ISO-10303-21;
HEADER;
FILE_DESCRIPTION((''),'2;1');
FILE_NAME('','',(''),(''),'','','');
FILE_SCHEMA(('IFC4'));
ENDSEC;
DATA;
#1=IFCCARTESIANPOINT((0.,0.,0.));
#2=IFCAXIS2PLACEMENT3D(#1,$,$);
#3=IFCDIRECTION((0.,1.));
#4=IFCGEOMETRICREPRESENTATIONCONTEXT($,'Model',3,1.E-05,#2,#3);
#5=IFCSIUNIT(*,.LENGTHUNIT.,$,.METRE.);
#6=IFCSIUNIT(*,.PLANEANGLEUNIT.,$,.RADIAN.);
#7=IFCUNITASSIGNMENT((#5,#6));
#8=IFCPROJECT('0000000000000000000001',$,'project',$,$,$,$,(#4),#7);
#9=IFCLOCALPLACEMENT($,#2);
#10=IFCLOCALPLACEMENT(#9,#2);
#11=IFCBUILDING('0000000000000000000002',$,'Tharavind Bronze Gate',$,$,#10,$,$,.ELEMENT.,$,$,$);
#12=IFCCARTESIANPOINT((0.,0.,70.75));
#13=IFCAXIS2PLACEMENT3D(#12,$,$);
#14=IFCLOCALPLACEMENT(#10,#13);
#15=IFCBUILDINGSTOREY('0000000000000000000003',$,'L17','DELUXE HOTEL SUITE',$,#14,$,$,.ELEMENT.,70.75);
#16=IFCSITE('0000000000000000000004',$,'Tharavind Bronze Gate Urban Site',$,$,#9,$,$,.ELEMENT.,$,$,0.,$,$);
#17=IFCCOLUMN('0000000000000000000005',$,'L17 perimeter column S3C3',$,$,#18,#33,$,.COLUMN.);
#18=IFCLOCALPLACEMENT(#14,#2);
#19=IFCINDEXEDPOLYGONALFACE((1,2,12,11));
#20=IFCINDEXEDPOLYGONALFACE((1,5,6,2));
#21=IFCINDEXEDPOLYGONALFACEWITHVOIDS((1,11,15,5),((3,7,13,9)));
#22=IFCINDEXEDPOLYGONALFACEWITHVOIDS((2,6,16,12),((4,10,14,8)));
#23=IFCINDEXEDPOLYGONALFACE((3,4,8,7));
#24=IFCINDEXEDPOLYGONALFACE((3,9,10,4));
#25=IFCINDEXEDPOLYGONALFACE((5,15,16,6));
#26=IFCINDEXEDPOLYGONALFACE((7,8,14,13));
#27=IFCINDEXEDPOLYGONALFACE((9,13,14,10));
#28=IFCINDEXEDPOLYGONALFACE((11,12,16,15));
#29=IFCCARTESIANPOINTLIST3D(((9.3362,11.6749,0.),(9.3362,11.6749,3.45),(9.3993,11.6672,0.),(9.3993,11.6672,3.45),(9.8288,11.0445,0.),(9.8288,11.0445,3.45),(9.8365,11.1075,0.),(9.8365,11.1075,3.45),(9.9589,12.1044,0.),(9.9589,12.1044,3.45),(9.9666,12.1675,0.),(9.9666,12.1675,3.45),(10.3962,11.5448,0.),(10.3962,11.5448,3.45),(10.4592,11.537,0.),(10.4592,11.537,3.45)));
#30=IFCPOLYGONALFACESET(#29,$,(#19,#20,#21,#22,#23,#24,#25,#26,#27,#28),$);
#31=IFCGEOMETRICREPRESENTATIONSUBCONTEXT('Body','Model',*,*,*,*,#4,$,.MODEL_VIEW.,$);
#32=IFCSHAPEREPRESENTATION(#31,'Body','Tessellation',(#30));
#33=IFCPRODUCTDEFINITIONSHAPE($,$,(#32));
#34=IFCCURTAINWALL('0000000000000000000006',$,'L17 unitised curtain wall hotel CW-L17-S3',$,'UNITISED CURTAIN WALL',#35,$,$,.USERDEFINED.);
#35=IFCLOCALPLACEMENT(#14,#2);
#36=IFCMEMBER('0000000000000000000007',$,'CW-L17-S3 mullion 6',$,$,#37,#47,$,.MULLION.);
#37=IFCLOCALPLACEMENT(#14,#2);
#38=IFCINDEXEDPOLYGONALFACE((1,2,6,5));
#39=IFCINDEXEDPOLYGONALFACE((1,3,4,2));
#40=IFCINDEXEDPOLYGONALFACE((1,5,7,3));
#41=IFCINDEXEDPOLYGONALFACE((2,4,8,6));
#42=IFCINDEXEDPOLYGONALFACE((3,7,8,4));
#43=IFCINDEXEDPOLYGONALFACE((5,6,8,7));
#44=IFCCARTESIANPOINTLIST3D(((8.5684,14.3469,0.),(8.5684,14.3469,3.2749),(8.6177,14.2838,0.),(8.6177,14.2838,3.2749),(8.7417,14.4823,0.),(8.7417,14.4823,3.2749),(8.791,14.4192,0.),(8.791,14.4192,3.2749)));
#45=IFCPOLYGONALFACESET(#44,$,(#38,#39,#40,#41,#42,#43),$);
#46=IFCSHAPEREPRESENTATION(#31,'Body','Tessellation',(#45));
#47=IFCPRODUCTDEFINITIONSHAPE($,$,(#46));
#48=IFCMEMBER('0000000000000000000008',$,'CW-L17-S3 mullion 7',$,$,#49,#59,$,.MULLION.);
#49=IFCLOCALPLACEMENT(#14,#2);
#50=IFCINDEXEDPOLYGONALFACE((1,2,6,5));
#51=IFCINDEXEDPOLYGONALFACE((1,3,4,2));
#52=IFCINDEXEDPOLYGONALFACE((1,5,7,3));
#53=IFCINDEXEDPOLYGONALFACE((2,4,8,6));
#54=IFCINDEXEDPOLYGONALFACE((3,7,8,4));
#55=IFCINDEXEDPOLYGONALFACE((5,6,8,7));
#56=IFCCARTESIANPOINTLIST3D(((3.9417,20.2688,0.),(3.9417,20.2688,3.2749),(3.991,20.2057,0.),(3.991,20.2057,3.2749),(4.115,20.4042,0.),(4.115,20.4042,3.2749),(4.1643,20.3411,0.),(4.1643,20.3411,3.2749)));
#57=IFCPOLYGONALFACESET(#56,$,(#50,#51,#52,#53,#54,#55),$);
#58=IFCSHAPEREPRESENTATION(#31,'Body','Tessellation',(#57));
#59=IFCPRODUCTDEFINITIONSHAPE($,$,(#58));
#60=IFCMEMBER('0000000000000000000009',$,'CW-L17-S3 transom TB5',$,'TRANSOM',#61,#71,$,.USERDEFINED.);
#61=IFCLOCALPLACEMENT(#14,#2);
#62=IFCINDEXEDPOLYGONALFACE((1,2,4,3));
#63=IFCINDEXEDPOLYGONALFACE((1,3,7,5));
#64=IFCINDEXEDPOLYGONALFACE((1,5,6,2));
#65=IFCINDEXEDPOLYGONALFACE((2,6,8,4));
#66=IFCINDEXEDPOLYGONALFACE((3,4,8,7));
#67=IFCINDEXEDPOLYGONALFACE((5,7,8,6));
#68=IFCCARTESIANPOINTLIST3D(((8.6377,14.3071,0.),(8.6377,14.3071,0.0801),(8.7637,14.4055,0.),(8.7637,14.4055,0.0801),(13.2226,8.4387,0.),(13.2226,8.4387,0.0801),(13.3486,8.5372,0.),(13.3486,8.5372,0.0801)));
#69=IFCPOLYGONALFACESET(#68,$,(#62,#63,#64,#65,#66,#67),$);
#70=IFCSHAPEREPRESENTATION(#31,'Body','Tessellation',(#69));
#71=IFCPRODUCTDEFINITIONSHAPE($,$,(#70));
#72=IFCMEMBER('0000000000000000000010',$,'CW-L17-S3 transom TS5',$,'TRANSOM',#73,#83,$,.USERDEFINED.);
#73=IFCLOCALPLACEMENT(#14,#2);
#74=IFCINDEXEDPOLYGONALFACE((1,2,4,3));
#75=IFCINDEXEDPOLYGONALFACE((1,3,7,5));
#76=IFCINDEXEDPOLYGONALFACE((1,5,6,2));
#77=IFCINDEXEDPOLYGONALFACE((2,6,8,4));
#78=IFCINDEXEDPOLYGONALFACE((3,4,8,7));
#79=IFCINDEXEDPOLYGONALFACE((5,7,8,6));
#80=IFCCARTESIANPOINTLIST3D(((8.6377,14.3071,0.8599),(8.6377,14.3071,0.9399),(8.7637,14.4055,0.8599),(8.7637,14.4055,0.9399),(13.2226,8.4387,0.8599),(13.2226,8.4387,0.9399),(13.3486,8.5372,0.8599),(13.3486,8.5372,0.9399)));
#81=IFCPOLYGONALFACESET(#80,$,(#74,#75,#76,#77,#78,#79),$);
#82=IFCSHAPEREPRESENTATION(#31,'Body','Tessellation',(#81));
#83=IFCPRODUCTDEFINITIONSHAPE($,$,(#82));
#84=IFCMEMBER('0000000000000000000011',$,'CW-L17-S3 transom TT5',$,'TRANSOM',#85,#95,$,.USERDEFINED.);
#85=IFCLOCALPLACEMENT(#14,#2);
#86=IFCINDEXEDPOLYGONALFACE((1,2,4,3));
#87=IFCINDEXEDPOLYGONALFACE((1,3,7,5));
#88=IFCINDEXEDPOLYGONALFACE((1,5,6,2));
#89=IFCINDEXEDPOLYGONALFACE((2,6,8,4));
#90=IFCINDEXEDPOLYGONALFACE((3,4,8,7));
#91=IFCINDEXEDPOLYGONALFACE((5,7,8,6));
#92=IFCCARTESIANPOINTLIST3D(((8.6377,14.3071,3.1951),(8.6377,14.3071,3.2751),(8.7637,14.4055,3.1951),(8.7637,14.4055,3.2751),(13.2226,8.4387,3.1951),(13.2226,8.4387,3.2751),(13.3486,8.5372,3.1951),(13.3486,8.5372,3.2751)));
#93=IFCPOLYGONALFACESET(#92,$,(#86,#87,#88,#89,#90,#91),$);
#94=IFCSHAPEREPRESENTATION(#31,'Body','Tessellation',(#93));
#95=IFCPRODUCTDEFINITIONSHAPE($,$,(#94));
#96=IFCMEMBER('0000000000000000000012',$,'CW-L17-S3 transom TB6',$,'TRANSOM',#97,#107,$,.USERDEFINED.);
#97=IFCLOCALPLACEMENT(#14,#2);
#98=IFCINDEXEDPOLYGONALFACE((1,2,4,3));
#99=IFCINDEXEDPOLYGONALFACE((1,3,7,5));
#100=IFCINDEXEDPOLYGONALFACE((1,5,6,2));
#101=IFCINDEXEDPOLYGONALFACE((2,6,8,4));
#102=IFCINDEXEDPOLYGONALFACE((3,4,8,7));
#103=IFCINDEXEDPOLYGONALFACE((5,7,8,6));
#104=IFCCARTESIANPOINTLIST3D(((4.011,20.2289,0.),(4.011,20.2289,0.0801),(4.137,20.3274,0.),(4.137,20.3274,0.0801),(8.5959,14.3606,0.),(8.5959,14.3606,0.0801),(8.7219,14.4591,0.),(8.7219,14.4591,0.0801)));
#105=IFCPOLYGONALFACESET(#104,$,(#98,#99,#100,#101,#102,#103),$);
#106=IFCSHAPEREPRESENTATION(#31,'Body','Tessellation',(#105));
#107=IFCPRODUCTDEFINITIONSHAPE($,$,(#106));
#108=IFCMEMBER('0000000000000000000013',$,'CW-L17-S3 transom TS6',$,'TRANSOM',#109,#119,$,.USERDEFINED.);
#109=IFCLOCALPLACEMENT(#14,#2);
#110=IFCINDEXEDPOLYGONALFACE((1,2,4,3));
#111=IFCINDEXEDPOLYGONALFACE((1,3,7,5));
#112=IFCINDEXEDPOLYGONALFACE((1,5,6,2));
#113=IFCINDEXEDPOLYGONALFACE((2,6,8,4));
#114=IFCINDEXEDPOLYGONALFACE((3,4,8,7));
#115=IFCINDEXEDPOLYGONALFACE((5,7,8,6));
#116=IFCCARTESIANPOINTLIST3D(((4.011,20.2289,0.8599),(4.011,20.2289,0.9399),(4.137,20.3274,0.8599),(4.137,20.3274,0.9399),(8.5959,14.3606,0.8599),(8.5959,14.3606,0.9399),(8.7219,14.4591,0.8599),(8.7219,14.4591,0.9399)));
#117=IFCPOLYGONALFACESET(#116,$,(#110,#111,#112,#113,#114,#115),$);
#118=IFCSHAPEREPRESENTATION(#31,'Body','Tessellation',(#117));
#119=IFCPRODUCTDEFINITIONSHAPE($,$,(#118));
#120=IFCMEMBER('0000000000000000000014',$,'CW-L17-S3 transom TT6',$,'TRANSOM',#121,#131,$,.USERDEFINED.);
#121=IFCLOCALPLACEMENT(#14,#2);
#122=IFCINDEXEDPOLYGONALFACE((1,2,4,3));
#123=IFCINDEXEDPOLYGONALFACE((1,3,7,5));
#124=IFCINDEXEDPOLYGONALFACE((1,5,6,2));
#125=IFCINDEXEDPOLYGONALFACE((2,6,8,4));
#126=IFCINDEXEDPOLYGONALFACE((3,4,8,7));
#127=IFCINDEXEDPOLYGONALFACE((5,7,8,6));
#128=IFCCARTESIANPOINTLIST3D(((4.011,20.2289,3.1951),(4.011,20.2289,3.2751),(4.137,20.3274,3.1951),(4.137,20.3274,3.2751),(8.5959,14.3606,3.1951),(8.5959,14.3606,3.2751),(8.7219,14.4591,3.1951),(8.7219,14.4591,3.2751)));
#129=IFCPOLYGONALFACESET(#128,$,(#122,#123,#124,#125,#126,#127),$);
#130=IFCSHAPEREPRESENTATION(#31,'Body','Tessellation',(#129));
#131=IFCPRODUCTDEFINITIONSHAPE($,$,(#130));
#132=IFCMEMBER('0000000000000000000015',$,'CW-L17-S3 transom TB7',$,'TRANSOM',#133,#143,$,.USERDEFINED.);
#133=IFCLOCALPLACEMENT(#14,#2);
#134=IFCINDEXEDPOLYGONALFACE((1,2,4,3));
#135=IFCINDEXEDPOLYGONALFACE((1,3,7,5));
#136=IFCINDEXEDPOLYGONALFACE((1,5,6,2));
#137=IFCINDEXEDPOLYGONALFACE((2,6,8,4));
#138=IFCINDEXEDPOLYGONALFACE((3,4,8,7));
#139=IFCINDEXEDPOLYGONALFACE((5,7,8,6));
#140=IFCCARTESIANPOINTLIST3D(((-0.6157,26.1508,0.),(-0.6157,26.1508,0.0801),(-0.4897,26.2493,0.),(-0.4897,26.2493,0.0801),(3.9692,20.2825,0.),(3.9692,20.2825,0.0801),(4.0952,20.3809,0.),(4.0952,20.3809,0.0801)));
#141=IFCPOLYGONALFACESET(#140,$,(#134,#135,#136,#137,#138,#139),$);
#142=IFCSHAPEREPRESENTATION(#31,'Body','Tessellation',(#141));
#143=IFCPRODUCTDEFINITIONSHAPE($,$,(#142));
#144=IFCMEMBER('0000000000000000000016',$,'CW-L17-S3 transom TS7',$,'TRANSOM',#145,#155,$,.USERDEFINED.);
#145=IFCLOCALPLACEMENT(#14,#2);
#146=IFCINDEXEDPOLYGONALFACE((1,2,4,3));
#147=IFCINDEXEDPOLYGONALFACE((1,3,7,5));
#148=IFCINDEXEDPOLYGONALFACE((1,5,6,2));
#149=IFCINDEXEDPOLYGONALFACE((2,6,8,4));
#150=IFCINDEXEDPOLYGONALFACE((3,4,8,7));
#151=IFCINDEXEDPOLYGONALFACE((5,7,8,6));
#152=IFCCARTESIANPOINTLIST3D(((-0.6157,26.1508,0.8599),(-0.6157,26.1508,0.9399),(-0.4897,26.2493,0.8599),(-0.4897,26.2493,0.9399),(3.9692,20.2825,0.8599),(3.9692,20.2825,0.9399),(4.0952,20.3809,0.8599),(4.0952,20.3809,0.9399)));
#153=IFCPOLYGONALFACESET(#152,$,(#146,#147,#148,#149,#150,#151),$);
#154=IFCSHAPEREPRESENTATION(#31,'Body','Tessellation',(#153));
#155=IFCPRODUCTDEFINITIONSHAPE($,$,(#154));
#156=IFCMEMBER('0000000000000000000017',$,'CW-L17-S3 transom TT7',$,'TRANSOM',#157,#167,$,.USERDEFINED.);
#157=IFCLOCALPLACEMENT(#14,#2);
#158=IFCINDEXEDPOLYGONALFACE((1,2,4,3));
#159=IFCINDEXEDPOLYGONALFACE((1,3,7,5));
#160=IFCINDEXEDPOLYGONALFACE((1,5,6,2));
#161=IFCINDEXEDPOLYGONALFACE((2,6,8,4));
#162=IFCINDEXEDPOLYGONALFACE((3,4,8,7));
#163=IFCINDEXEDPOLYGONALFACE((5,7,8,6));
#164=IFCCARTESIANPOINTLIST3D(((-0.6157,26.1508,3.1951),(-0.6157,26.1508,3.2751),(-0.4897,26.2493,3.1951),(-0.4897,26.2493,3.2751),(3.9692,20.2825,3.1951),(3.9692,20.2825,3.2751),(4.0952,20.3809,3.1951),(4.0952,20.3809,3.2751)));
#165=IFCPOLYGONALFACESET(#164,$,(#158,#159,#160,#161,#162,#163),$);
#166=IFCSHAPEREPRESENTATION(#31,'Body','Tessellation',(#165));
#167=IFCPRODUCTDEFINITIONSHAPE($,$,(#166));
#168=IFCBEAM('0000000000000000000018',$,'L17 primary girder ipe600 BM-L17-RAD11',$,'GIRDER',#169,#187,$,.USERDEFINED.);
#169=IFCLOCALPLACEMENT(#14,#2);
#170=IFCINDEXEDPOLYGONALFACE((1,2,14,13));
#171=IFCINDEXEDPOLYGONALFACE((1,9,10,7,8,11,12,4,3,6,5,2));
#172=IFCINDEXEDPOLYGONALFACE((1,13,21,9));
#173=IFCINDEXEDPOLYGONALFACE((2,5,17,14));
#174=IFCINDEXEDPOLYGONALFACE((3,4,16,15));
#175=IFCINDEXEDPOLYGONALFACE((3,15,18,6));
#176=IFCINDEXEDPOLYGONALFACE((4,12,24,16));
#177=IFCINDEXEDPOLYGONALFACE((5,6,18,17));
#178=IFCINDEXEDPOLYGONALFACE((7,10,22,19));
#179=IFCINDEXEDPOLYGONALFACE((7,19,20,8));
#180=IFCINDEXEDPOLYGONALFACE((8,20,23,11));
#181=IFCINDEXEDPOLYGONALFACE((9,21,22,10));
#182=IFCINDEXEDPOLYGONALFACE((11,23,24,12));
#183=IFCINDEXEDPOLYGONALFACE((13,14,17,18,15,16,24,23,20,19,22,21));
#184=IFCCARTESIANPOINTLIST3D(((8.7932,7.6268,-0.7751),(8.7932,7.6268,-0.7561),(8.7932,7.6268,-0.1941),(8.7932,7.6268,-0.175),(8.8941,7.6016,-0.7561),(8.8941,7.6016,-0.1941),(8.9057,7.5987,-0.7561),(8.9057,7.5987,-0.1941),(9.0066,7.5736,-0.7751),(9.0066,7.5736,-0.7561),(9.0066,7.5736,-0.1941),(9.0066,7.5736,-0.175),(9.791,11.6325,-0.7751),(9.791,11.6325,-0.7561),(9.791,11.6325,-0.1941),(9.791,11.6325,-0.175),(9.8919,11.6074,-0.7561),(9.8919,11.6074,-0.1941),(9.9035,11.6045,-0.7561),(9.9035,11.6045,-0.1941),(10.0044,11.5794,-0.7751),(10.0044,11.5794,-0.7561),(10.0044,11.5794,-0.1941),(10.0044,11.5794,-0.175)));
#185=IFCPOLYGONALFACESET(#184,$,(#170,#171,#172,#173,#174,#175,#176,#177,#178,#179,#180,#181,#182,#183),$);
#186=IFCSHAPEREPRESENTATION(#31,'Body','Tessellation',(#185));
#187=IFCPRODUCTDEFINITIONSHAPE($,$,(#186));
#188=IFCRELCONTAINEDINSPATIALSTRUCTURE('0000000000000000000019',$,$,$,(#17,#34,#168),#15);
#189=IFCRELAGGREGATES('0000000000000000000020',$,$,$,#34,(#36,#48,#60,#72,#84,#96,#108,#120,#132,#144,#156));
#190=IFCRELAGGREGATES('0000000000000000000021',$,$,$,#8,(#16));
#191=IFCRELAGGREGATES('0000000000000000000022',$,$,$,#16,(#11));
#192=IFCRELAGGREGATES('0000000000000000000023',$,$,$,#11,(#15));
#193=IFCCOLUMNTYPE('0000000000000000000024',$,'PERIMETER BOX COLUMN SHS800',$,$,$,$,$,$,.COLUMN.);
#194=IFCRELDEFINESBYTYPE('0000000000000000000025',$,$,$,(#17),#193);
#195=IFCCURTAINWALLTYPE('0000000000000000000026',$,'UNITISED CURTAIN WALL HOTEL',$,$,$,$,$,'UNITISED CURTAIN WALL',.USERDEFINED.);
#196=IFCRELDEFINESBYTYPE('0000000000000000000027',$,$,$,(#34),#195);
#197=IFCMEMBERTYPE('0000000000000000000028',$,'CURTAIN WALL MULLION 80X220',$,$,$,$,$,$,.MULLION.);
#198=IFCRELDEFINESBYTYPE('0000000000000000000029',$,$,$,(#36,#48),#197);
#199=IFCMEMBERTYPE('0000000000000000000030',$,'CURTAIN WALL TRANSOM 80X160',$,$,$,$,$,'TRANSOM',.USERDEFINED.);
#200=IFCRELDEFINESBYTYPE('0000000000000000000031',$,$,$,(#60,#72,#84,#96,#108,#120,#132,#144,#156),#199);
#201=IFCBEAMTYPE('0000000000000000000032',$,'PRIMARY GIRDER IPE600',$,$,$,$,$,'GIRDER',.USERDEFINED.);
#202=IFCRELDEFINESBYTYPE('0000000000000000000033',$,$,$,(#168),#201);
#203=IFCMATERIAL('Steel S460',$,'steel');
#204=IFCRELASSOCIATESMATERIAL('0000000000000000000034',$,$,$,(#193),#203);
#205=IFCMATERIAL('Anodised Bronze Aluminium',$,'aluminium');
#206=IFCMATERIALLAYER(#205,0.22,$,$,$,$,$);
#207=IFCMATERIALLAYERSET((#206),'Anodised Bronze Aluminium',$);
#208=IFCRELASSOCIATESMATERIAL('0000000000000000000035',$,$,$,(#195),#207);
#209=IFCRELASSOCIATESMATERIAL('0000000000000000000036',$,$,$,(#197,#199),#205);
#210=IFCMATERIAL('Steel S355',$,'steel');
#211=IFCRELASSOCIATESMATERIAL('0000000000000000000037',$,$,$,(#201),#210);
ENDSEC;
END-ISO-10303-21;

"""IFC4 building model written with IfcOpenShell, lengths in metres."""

from ifc_helpers import new_model, si_unit, direction, frame, origin, origin_2d, place, context, subcontext, project, spatial, rectangle, hollow_rectangle, i_section, extrude, material, layer, layer_set, material_profile, profile_set, type_object, element, aggregate, save


model = new_model("IFC4")

# Units and contexts
model_context = context("Model", 3, precision=1e-05, world=origin(), true_north=direction((0.0, 1.0)))
body_context = subcontext(model_context, "Body", "Model", "MODEL_VIEW")
ifc_project = project(units=[si_unit("LENGTHUNIT", "METRE"), si_unit("PLANEANGLEUNIT", "RADIAN")], contexts=[model_context])

# Site, building, storey
site_placement = place(None, origin())
site = spatial("IfcSite", under=ifc_project, at=site_placement, Name="Tharavind Bronze Gate Urban Site", CompositionType="ELEMENT", RefElevation=0.0)
building_placement = place(site_placement, origin())
building = spatial("IfcBuilding", under=site, at=building_placement, Name="Tharavind Bronze Gate", CompositionType="ELEMENT")
storey_placement = place(building_placement, frame((0.0, 0.0, 70.75)))
storey = spatial("IfcBuildingStorey", under=building, at=storey_placement, Name="L17", Description="DELUXE HOTEL SUITE", CompositionType="ELEMENT", Elevation=70.75)

# Column
ifc_material_1 = material(Name="Steel S460", Category="steel")
ifc_material_profile_1 = material_profile(ifc_material_1, hollow_rectangle(XDim=0.8, YDim=0.8, WallThickness=0.0449, at=origin_2d()), Name="SHS800X45")
ifc_profile_set_1 = profile_set([ifc_material_profile_1], Name="Steel S460")
column_type = type_object("IfcColumnType", Name="PERIMETER BOX COLUMN SHS800", PredefinedType="COLUMN", material=ifc_profile_set_1)
column_placement = place(storey_placement, frame((9.8977, 11.606, 0.0), z_axis=(0.0, 0.0, 1.0), x_axis=(-0.615661, 0.788011, 0.0)))
element("IfcColumn", 1, at=column_placement, inside=storey, type_object=column_type, Name="L17 perimeter column S3C3", PredefinedType="COLUMN", context=body_context, shape_type="SweptSolid", body=[
    extrude(hollow_rectangle(XDim=0.8, YDim=0.8, WallThickness=0.0449, at=origin_2d()), origin(), (0.0, 0.0, 1.0), 3.45),
])

# Curtain wall, members
ifc_material_2 = material(Name="Anodised Bronze Aluminium", Category="aluminium")
ifc_layer_1 = layer(ifc_material_2, 0.22)
ifc_layer_set_1 = layer_set([ifc_layer_1], Name="Anodised Bronze Aluminium")
curtain_wall_type = type_object("IfcCurtainWallType", Name="UNITISED CURTAIN WALL HOTEL", ElementType="UNITISED CURTAIN WALL", PredefinedType="USERDEFINED", material=ifc_layer_set_1)
curtain_wall_placement = place(storey_placement, origin())
curtain_wall = element("IfcCurtainWall", 2, at=curtain_wall_placement, inside=storey, type_object=curtain_wall_type, Name="L17 unitised curtain wall hotel CW-L17-S3", ObjectType="UNITISED CURTAIN WALL", PredefinedType="USERDEFINED")
member_type_1 = type_object("IfcMemberType", Name="CURTAIN WALL MULLION 80X220", PredefinedType="MULLION", material=ifc_material_2)
member_1_placement = place(storey_placement, frame((8.6797, 14.3831, 0.0), z_axis=(0.0, 0.0, 1.0), x_axis=(-0.615661, 0.788011, 0.0)))
member_1 = element("IfcMember", 3, at=member_1_placement, type_object=member_type_1, Name="CW-L17-S3 mullion 6", PredefinedType="MULLION", context=body_context, shape_type="SweptSolid", body=[
    extrude(rectangle(XDim=0.0801, YDim=0.22, at=origin_2d()), origin(), (0.0, 0.0, 1.0), 3.2749),
])
member_2_placement = place(storey_placement, frame((4.053, 20.3049, 0.0), z_axis=(0.0, 0.0, 1.0), x_axis=(-0.615661, 0.788011, 0.0)))
member_2 = element("IfcMember", 4, at=member_2_placement, type_object=member_type_1, Name="CW-L17-S3 mullion 7", PredefinedType="MULLION", context=body_context, shape_type="SweptSolid", body=[
    extrude(rectangle(XDim=0.0801, YDim=0.22, at=origin_2d()), origin(), (0.0, 0.0, 1.0), 3.2749),
])
member_type_2 = type_object("IfcMemberType", Name="CURTAIN WALL TRANSOM 80X160", ElementType="TRANSOM", PredefinedType="USERDEFINED", material=ifc_material_2)
member_3_placement = place(storey_placement, frame((10.9932, 11.4221, 0.0), z_axis=(0.0, 0.0, 1.0), x_axis=(-0.615661, 0.788011, 0.0)))
member_3 = element("IfcMember", 5, at=member_3_placement, type_object=member_type_2, Name="CW-L17-S3 transom TB5", ObjectType="TRANSOM", PredefinedType="USERDEFINED", context=body_context, shape_type="SweptSolid", body=[
    extrude(rectangle(XDim=7.447, YDim=0.1599, at=origin_2d()), origin(), (0.0, 0.0, 1.0), 0.0801),
])
member_4_placement = place(storey_placement, frame((10.9932, 11.4221, 0.8599), z_axis=(0.0, 0.0, 1.0), x_axis=(-0.615661, 0.788011, 0.0)))
member_4 = element("IfcMember", 6, at=member_4_placement, type_object=member_type_2, Name="CW-L17-S3 transom TS5", ObjectType="TRANSOM", PredefinedType="USERDEFINED", context=body_context, shape_type="SweptSolid", body=[
    extrude(rectangle(XDim=7.447, YDim=0.1599, at=origin_2d()), origin(), (0.0, 0.0, 1.0), 0.0801),
])
member_5_placement = place(storey_placement, frame((10.9932, 11.4221, 3.1951), z_axis=(0.0, 0.0, 1.0), x_axis=(-0.615661, 0.788011, 0.0)))
member_5 = element("IfcMember", 7, at=member_5_placement, type_object=member_type_2, Name="CW-L17-S3 transom TT5", ObjectType="TRANSOM", PredefinedType="USERDEFINED", context=body_context, shape_type="SweptSolid", body=[
    extrude(rectangle(XDim=7.447, YDim=0.1599, at=origin_2d()), origin(), (0.0, 0.0, 1.0), 0.0801),
])
member_6_placement = place(storey_placement, frame((6.3665, 17.344, 0.0), z_axis=(0.0, 0.0, 1.0), x_axis=(-0.615661, 0.788011, 0.0)))
member_6 = element("IfcMember", 8, at=member_6_placement, type_object=member_type_2, Name="CW-L17-S3 transom TB6", ObjectType="TRANSOM", PredefinedType="USERDEFINED", context=body_context, shape_type="SweptSolid", body=[
    extrude(rectangle(XDim=7.447, YDim=0.1599, at=origin_2d()), origin(), (0.0, 0.0, 1.0), 0.0801),
])
member_7_placement = place(storey_placement, frame((6.3665, 17.344, 0.8599), z_axis=(0.0, 0.0, 1.0), x_axis=(-0.615661, 0.788011, 0.0)))
member_7 = element("IfcMember", 9, at=member_7_placement, type_object=member_type_2, Name="CW-L17-S3 transom TS6", ObjectType="TRANSOM", PredefinedType="USERDEFINED", context=body_context, shape_type="SweptSolid", body=[
    extrude(rectangle(XDim=7.447, YDim=0.1599, at=origin_2d()), origin(), (0.0, 0.0, 1.0), 0.0801),
])
member_8_placement = place(storey_placement, frame((6.3665, 17.344, 3.1951), z_axis=(0.0, 0.0, 1.0), x_axis=(-0.615661, 0.788011, 0.0)))
member_8 = element("IfcMember", 10, at=member_8_placement, type_object=member_type_2, Name="CW-L17-S3 transom TT6", ObjectType="TRANSOM", PredefinedType="USERDEFINED", context=body_context, shape_type="SweptSolid", body=[
    extrude(rectangle(XDim=7.447, YDim=0.1599, at=origin_2d()), origin(), (0.0, 0.0, 1.0), 0.0801),
])
member_9_placement = place(storey_placement, frame((1.7397, 23.2659, 0.0), z_axis=(0.0, 0.0, 1.0), x_axis=(-0.615661, 0.788011, 0.0)))
member_9 = element("IfcMember", 11, at=member_9_placement, type_object=member_type_2, Name="CW-L17-S3 transom TB7", ObjectType="TRANSOM", PredefinedType="USERDEFINED", context=body_context, shape_type="SweptSolid", body=[
    extrude(rectangle(XDim=7.447, YDim=0.1599, at=origin_2d()), origin(), (0.0, 0.0, 1.0), 0.0801),
])
member_10_placement = place(storey_placement, frame((1.7397, 23.2659, 0.8599), z_axis=(0.0, 0.0, 1.0), x_axis=(-0.615661, 0.788011, 0.0)))
member_10 = element("IfcMember", 12, at=member_10_placement, type_object=member_type_2, Name="CW-L17-S3 transom TS7", ObjectType="TRANSOM", PredefinedType="USERDEFINED", context=body_context, shape_type="SweptSolid", body=[
    extrude(rectangle(XDim=7.447, YDim=0.1599, at=origin_2d()), origin(), (0.0, 0.0, 1.0), 0.0801),
])
member_11_placement = place(storey_placement, frame((1.7397, 23.2659, 3.1951), z_axis=(0.0, 0.0, 1.0), x_axis=(-0.615661, 0.788011, 0.0)))
member_11 = element("IfcMember", 13, at=member_11_placement, type_object=member_type_2, Name="CW-L17-S3 transom TT7", ObjectType="TRANSOM", PredefinedType="USERDEFINED", context=body_context, shape_type="SweptSolid", body=[
    extrude(rectangle(XDim=7.447, YDim=0.1599, at=origin_2d()), origin(), (0.0, 0.0, 1.0), 0.0801),
])

# Beam
ifc_material_3 = material(Name="Steel S355", Category="steel")
ifc_material_profile_2 = material_profile(ifc_material_3, i_section(OverallWidth=0.22, OverallDepth=0.6001, WebThickness=0.012, FlangeThickness=0.019, at=origin_2d()), Name="IPE600")
ifc_profile_set_2 = profile_set([ifc_material_profile_2], Name="Steel S355")
beam_type_1 = type_object("IfcBeamType", Name="PRIMARY GIRDER IPE600", ElementType="GIRDER", PredefinedType="USERDEFINED", material=ifc_profile_set_2)
beam_1_placement = place(storey_placement, frame((9.8977, 11.606, -0.4751), z_axis=(-0.241701, -0.970351, 0.0), x_axis=(0.970351, -0.241701, 0.0)))
element("IfcBeam", 14, at=beam_1_placement, inside=storey, type_object=beam_type_1, Name="L17 primary girder ipe600 BM-L17-RAD11", ObjectType="GIRDER", PredefinedType="USERDEFINED", context=body_context, shape_type="SweptSolid", body=[
    extrude(i_section(OverallWidth=0.22, OverallDepth=0.6001, WebThickness=0.012, FlangeThickness=0.019, at=origin_2d()), origin(), (0.0, 0.0, 1.0), 4.1282),
])

aggregate(curtain_wall, [member_1, member_2, member_3, member_4, member_5, member_6, member_7, member_8, member_9, member_10, member_11])

save(model, "model.ifc")
